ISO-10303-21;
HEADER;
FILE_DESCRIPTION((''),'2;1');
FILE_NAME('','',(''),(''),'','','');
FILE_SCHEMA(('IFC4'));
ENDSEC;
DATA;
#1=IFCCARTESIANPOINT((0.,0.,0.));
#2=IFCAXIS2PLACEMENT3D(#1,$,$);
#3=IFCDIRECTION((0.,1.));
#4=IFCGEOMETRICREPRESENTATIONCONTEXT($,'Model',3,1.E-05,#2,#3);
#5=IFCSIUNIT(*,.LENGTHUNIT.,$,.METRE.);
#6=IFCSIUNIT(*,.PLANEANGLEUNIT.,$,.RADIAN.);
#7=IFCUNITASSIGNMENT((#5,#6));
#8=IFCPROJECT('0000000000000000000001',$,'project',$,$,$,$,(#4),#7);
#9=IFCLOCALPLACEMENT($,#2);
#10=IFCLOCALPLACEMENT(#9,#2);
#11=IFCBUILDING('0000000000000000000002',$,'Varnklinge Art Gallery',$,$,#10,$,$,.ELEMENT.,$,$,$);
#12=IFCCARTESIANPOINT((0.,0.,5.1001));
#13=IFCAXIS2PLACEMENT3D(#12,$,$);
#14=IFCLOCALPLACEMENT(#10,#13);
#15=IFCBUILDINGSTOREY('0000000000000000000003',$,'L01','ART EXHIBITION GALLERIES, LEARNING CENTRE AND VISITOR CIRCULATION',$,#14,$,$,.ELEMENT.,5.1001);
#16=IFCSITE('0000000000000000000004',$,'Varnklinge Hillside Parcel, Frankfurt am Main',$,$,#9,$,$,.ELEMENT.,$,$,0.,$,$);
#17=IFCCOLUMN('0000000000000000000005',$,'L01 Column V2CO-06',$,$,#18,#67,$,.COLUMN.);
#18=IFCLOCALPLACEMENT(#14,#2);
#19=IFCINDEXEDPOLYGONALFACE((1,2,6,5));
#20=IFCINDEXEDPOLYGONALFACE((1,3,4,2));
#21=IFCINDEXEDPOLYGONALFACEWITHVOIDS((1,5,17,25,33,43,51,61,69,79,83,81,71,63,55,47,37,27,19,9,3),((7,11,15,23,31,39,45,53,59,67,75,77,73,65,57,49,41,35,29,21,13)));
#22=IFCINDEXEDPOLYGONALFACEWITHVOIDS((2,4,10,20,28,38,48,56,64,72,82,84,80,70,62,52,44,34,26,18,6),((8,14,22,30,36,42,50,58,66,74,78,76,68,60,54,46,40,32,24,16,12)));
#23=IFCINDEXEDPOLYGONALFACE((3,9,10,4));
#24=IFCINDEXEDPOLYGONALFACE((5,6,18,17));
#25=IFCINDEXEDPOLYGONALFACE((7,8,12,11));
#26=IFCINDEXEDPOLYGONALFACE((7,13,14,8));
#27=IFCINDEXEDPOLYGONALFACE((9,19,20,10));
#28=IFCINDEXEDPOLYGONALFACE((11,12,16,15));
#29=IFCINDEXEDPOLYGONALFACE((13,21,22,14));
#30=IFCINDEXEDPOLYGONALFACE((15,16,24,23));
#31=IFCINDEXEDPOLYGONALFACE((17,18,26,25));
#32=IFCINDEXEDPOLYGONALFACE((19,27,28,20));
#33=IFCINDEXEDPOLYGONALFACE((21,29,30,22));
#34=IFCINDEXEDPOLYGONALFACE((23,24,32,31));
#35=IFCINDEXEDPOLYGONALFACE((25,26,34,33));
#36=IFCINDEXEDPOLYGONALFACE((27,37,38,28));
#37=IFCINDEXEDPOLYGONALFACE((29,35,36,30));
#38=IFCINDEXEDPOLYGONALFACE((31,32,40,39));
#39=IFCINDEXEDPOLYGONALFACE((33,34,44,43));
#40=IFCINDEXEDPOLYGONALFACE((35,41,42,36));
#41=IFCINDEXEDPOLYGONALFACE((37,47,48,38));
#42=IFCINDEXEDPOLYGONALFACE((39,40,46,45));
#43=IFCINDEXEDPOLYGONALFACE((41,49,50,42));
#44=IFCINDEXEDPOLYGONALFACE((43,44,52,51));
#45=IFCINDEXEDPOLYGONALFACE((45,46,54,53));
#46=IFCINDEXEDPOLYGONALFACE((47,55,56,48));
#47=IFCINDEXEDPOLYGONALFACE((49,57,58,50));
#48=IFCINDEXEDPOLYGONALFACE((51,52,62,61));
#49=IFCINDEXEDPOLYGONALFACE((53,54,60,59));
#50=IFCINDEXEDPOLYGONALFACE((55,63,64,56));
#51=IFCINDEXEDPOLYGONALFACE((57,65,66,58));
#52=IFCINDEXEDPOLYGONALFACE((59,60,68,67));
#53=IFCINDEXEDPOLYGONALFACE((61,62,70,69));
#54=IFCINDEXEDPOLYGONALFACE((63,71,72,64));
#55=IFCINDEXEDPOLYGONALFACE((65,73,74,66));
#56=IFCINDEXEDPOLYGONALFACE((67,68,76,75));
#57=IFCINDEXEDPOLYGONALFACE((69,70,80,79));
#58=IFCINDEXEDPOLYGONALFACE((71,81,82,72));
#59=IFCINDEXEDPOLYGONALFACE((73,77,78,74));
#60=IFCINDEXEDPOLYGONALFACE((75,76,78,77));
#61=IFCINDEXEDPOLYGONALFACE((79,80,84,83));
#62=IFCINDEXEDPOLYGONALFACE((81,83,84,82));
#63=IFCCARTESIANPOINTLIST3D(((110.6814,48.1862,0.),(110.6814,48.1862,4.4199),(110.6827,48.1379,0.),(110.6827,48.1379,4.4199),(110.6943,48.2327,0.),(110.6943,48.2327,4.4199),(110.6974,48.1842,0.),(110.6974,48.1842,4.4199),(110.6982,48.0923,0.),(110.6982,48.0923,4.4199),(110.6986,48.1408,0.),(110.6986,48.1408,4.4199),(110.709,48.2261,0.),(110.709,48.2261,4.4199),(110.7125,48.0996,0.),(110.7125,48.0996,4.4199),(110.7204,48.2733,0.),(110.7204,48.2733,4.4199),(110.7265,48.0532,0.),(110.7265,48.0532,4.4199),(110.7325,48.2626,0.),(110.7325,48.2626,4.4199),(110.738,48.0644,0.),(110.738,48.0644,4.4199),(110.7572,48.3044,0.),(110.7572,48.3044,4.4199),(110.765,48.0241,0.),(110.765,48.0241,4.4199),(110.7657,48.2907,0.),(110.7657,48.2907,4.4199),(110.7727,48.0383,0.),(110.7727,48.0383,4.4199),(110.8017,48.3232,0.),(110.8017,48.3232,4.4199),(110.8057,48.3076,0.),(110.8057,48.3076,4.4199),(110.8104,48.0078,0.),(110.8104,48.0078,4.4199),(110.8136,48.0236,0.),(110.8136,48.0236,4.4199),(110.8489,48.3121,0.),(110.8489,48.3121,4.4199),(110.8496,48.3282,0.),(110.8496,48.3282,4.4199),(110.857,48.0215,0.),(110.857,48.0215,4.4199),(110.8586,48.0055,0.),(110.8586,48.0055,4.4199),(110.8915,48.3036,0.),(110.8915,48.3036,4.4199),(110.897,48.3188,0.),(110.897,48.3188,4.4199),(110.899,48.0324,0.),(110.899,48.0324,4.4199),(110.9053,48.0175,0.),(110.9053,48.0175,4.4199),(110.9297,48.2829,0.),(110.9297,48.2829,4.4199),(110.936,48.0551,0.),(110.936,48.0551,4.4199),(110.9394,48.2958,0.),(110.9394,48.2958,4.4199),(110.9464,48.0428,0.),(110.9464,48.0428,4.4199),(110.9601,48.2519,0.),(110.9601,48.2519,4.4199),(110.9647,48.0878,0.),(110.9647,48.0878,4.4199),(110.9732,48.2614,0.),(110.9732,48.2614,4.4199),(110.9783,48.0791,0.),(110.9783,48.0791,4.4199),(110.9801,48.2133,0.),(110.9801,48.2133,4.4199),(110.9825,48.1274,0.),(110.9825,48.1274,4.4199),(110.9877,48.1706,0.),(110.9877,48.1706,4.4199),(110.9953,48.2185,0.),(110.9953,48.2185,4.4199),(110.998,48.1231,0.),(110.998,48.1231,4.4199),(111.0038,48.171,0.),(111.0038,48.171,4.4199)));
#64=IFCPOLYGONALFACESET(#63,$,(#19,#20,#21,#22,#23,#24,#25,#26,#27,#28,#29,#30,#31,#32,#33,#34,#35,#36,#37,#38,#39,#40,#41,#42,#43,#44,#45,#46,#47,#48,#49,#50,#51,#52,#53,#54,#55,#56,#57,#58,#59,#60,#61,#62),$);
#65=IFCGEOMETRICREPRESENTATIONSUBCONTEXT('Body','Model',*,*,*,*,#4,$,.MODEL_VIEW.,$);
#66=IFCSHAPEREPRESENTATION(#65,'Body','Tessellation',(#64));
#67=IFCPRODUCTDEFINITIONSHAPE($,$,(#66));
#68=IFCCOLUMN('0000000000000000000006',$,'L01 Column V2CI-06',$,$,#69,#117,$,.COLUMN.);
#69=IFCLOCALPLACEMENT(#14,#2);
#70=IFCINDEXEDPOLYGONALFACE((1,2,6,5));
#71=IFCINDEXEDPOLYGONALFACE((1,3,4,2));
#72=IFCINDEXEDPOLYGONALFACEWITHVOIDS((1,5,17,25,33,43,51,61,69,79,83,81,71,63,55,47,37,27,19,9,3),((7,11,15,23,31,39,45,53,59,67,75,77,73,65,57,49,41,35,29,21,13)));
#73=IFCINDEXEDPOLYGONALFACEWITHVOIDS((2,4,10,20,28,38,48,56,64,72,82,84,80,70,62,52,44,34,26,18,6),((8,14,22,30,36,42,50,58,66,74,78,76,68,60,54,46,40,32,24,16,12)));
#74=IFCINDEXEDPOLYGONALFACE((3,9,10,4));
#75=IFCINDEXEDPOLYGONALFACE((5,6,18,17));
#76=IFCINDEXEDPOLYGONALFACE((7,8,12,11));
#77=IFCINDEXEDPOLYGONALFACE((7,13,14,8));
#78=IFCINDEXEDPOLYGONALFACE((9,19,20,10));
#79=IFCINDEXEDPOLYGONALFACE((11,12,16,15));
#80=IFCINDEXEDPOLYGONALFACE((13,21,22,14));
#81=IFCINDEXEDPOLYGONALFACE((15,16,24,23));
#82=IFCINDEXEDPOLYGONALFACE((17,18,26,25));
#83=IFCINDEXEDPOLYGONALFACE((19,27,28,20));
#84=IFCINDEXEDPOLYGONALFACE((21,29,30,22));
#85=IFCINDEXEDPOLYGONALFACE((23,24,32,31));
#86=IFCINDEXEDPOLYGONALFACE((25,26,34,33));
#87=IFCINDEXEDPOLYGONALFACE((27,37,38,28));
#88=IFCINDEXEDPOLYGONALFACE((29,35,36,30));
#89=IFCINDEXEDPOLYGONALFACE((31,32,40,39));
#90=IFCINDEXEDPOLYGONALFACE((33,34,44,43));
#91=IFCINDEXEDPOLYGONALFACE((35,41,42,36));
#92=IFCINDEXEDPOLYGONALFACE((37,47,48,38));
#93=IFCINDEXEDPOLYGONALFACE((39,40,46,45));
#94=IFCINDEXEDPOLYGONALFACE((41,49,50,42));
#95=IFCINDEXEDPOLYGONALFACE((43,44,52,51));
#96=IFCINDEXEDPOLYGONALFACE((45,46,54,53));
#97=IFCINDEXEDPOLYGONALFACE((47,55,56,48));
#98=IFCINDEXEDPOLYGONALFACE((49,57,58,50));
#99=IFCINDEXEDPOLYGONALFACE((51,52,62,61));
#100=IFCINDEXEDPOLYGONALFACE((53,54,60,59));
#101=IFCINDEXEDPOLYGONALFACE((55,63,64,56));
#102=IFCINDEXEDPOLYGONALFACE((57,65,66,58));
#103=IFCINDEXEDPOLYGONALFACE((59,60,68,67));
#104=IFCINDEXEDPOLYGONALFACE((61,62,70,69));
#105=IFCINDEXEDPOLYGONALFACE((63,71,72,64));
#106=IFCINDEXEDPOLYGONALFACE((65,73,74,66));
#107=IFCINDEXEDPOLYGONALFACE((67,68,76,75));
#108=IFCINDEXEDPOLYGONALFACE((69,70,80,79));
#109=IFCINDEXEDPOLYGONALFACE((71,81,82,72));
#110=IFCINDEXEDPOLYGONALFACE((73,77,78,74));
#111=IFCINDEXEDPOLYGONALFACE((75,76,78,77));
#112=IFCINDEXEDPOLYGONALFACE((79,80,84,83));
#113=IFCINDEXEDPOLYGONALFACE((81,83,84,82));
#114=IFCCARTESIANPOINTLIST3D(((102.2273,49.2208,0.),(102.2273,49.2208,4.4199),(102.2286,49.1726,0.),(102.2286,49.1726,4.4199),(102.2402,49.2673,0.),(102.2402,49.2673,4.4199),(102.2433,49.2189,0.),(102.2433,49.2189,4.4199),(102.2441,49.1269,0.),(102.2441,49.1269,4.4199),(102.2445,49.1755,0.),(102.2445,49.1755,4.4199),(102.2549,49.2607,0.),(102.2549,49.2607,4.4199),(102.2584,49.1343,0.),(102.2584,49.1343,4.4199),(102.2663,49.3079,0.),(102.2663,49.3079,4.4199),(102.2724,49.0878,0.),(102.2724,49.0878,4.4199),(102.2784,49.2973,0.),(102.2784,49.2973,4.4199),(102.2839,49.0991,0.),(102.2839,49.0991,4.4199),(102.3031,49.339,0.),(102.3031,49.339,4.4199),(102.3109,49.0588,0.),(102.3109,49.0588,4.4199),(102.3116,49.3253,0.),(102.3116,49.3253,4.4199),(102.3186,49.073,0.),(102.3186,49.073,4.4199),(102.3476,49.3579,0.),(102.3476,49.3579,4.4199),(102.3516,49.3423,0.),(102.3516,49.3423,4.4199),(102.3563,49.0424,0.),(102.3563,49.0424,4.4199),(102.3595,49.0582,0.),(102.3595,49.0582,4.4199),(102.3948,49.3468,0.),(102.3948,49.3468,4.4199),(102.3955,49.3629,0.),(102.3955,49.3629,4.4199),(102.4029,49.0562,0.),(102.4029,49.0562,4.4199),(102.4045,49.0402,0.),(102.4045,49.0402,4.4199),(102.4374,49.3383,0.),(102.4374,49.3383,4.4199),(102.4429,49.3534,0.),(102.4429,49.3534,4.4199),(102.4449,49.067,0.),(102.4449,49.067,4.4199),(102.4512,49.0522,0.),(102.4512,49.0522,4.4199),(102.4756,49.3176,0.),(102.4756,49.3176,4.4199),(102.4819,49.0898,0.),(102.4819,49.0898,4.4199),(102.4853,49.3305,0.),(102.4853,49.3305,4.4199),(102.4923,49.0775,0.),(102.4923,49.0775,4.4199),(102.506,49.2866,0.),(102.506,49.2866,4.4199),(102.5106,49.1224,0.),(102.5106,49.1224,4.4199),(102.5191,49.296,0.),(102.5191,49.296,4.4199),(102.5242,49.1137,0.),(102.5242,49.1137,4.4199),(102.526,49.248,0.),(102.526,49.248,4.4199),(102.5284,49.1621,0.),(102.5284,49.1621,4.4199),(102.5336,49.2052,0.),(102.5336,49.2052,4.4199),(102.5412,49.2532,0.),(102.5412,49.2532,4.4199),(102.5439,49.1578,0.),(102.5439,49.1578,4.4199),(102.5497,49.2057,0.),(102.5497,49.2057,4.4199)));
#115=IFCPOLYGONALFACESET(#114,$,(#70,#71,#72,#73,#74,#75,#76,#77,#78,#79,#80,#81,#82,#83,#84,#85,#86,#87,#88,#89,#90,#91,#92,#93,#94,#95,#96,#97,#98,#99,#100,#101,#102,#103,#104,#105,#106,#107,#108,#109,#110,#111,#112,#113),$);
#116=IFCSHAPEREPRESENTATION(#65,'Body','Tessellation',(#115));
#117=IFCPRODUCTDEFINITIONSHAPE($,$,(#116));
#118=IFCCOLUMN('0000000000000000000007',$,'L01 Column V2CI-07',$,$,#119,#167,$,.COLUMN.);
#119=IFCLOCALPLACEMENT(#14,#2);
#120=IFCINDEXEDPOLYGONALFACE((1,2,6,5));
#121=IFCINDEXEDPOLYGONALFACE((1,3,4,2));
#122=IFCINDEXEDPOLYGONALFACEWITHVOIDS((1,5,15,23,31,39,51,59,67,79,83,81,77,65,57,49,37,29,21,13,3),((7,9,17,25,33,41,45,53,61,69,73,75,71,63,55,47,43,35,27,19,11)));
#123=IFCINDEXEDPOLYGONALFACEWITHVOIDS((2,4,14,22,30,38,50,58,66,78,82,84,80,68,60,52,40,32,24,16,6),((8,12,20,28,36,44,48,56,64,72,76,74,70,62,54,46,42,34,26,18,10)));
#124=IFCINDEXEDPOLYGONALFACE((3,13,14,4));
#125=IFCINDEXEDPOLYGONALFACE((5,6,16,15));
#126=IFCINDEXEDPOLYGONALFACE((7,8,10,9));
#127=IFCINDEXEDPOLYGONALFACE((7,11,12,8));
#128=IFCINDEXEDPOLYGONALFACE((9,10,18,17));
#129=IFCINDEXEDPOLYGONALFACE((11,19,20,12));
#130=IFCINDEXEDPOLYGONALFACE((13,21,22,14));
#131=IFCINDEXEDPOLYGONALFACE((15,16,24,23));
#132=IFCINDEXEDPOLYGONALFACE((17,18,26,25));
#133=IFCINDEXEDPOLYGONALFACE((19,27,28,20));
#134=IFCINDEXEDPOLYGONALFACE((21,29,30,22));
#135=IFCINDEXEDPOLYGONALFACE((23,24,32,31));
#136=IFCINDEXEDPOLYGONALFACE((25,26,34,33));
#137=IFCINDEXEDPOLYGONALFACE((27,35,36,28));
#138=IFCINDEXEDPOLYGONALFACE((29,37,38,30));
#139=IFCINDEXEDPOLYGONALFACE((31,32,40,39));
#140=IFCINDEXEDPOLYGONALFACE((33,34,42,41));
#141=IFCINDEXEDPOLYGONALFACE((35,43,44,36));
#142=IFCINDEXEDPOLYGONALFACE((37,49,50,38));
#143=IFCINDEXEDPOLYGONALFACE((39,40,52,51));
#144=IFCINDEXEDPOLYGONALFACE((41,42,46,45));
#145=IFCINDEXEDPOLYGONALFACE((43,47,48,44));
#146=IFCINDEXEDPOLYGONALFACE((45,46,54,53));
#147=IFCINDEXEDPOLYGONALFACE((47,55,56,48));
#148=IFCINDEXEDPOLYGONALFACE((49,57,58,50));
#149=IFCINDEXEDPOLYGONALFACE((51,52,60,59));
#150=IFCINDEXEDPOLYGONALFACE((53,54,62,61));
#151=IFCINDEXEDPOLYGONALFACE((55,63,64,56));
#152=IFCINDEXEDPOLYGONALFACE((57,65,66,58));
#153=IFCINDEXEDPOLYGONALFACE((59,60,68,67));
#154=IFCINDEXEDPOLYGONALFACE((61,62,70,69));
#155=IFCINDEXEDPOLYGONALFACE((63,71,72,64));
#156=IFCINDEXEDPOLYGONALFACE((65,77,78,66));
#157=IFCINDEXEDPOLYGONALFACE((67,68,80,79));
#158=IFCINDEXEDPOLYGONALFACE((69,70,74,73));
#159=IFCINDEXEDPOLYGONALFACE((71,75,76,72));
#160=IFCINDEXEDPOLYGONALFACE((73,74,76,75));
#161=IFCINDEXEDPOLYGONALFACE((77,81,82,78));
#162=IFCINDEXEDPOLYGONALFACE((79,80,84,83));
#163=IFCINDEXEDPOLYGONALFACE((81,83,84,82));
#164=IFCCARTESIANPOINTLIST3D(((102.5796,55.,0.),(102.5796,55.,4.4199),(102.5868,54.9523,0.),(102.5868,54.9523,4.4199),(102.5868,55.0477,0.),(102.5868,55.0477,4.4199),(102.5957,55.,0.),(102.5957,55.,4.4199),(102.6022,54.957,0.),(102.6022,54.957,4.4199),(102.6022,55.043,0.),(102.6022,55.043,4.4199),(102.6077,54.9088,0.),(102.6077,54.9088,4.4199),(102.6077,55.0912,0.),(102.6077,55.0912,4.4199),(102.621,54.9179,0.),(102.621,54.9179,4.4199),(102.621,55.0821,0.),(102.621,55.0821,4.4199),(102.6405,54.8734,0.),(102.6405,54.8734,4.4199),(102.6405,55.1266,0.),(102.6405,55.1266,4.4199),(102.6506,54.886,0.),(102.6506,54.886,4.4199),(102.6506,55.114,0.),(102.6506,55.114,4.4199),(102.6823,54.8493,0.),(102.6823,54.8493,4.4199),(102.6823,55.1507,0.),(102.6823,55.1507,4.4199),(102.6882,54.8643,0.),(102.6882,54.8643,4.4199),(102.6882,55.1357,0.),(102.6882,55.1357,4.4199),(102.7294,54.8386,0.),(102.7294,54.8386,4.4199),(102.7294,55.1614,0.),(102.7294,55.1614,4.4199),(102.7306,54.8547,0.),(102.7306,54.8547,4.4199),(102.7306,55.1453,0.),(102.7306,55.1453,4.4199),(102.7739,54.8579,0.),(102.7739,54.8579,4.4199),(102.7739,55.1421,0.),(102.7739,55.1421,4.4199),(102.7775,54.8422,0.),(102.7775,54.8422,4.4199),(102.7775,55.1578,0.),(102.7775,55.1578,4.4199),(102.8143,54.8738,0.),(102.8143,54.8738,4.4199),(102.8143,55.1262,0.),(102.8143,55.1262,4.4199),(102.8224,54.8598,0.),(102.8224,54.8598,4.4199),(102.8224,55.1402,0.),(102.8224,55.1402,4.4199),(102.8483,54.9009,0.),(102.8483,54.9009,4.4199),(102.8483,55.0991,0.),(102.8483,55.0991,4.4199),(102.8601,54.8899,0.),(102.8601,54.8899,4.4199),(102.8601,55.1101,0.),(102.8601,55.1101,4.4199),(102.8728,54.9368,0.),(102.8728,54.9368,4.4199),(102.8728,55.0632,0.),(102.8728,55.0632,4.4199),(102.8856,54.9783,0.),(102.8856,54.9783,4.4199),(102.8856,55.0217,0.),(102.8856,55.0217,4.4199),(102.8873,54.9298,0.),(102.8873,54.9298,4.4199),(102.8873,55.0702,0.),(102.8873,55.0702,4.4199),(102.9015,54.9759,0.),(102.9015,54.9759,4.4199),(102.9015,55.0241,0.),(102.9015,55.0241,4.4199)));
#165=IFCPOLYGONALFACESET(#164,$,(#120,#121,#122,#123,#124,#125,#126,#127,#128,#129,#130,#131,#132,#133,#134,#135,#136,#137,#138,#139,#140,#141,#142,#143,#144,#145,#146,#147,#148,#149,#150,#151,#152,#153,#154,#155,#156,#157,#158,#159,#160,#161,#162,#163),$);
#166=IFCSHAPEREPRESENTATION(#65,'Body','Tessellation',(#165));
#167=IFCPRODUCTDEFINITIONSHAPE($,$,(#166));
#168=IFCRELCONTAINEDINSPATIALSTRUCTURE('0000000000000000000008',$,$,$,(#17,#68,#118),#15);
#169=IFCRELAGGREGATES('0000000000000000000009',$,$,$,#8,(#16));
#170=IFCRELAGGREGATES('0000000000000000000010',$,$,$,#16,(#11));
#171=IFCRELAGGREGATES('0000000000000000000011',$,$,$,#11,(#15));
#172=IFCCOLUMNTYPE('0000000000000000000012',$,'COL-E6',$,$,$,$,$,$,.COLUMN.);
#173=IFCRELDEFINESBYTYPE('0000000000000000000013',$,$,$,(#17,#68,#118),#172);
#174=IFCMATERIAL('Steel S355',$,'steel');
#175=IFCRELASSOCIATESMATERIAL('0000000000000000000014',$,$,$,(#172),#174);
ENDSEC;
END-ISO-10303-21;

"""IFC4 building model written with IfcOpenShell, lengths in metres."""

from ifc_helpers import new_model, si_unit, direction, frame, origin, origin_2d, place, context, subcontext, project, spatial, hollow_circle, extrude, material, material_profile, profile_set, type_object, element, save


model = new_model("IFC4")

# Units and contexts
model_context = context("Model", 3, precision=1e-05, world=origin(), true_north=direction((0.0, 1.0)))
body_context = subcontext(model_context, "Body", "Model", "MODEL_VIEW")
ifc_project = project(units=[si_unit("LENGTHUNIT", "METRE"), si_unit("PLANEANGLEUNIT", "RADIAN")], contexts=[model_context])

# Site, building, storey
site_placement = place(None, origin())
site = spatial("IfcSite", under=ifc_project, at=site_placement, Name="Varnklinge Hillside Parcel, Frankfurt am Main", CompositionType="ELEMENT", RefElevation=0.0)
building_placement = place(site_placement, origin())
building = spatial("IfcBuilding", under=site, at=building_placement, Name="Varnklinge Art Gallery", CompositionType="ELEMENT")
storey_placement = place(building_placement, frame((0.0, 0.0, 5.1001)))
storey = spatial("IfcBuildingStorey", under=building, at=storey_placement, Name="L01", Description="ART EXHIBITION GALLERIES, LEARNING CENTRE AND VISITOR CIRCULATION", CompositionType="ELEMENT", Elevation=5.1001)

# Columns
ifc_material_1 = material(Name="Steel S355", Category="steel")
ifc_material_profile_1 = material_profile(ifc_material_1, hollow_circle(Radius=0.1619, WallThickness=0.0161, at=origin_2d()), Name="CHS 323.9x16")
ifc_profile_set_1 = profile_set([ifc_material_profile_1], Name="Steel S355")
column_type = type_object("IfcColumnType", Name="COL-E6", PredefinedType="COLUMN", material=ifc_profile_set_1)
for number, where, z_axis, x_axis, name in (
    (1, (110.842, 48.1665, 0.0), (0.0, 0.0, 1.0), (-0.992589, 0.121523, 0.0), "L01 Column V2CO-06"),
    (2, (102.3879, 49.2012, 0.0), (0.0, 0.0, 1.0), (-0.992589, 0.121523, 0.0), "L01 Column V2CI-06"),
    (3, (102.7415, 55.0, 0.0), (0.0, 0.0, 1.0), (-1.0, 0.0, 0.0), "L01 Column V2CI-07"),
):
    element("IfcColumn", number, at=place(storey_placement, frame(where, z_axis=z_axis, x_axis=x_axis)), inside=storey, type_object=column_type, Name=name, PredefinedType="COLUMN", context=body_context, shape_type="SweptSolid", body=[
        extrude(hollow_circle(Radius=0.1619, WallThickness=0.0161, at=origin_2d()), origin(), (0.0, 0.0, 1.0), 4.4199),
    ])

save(model, "model.ifc")
